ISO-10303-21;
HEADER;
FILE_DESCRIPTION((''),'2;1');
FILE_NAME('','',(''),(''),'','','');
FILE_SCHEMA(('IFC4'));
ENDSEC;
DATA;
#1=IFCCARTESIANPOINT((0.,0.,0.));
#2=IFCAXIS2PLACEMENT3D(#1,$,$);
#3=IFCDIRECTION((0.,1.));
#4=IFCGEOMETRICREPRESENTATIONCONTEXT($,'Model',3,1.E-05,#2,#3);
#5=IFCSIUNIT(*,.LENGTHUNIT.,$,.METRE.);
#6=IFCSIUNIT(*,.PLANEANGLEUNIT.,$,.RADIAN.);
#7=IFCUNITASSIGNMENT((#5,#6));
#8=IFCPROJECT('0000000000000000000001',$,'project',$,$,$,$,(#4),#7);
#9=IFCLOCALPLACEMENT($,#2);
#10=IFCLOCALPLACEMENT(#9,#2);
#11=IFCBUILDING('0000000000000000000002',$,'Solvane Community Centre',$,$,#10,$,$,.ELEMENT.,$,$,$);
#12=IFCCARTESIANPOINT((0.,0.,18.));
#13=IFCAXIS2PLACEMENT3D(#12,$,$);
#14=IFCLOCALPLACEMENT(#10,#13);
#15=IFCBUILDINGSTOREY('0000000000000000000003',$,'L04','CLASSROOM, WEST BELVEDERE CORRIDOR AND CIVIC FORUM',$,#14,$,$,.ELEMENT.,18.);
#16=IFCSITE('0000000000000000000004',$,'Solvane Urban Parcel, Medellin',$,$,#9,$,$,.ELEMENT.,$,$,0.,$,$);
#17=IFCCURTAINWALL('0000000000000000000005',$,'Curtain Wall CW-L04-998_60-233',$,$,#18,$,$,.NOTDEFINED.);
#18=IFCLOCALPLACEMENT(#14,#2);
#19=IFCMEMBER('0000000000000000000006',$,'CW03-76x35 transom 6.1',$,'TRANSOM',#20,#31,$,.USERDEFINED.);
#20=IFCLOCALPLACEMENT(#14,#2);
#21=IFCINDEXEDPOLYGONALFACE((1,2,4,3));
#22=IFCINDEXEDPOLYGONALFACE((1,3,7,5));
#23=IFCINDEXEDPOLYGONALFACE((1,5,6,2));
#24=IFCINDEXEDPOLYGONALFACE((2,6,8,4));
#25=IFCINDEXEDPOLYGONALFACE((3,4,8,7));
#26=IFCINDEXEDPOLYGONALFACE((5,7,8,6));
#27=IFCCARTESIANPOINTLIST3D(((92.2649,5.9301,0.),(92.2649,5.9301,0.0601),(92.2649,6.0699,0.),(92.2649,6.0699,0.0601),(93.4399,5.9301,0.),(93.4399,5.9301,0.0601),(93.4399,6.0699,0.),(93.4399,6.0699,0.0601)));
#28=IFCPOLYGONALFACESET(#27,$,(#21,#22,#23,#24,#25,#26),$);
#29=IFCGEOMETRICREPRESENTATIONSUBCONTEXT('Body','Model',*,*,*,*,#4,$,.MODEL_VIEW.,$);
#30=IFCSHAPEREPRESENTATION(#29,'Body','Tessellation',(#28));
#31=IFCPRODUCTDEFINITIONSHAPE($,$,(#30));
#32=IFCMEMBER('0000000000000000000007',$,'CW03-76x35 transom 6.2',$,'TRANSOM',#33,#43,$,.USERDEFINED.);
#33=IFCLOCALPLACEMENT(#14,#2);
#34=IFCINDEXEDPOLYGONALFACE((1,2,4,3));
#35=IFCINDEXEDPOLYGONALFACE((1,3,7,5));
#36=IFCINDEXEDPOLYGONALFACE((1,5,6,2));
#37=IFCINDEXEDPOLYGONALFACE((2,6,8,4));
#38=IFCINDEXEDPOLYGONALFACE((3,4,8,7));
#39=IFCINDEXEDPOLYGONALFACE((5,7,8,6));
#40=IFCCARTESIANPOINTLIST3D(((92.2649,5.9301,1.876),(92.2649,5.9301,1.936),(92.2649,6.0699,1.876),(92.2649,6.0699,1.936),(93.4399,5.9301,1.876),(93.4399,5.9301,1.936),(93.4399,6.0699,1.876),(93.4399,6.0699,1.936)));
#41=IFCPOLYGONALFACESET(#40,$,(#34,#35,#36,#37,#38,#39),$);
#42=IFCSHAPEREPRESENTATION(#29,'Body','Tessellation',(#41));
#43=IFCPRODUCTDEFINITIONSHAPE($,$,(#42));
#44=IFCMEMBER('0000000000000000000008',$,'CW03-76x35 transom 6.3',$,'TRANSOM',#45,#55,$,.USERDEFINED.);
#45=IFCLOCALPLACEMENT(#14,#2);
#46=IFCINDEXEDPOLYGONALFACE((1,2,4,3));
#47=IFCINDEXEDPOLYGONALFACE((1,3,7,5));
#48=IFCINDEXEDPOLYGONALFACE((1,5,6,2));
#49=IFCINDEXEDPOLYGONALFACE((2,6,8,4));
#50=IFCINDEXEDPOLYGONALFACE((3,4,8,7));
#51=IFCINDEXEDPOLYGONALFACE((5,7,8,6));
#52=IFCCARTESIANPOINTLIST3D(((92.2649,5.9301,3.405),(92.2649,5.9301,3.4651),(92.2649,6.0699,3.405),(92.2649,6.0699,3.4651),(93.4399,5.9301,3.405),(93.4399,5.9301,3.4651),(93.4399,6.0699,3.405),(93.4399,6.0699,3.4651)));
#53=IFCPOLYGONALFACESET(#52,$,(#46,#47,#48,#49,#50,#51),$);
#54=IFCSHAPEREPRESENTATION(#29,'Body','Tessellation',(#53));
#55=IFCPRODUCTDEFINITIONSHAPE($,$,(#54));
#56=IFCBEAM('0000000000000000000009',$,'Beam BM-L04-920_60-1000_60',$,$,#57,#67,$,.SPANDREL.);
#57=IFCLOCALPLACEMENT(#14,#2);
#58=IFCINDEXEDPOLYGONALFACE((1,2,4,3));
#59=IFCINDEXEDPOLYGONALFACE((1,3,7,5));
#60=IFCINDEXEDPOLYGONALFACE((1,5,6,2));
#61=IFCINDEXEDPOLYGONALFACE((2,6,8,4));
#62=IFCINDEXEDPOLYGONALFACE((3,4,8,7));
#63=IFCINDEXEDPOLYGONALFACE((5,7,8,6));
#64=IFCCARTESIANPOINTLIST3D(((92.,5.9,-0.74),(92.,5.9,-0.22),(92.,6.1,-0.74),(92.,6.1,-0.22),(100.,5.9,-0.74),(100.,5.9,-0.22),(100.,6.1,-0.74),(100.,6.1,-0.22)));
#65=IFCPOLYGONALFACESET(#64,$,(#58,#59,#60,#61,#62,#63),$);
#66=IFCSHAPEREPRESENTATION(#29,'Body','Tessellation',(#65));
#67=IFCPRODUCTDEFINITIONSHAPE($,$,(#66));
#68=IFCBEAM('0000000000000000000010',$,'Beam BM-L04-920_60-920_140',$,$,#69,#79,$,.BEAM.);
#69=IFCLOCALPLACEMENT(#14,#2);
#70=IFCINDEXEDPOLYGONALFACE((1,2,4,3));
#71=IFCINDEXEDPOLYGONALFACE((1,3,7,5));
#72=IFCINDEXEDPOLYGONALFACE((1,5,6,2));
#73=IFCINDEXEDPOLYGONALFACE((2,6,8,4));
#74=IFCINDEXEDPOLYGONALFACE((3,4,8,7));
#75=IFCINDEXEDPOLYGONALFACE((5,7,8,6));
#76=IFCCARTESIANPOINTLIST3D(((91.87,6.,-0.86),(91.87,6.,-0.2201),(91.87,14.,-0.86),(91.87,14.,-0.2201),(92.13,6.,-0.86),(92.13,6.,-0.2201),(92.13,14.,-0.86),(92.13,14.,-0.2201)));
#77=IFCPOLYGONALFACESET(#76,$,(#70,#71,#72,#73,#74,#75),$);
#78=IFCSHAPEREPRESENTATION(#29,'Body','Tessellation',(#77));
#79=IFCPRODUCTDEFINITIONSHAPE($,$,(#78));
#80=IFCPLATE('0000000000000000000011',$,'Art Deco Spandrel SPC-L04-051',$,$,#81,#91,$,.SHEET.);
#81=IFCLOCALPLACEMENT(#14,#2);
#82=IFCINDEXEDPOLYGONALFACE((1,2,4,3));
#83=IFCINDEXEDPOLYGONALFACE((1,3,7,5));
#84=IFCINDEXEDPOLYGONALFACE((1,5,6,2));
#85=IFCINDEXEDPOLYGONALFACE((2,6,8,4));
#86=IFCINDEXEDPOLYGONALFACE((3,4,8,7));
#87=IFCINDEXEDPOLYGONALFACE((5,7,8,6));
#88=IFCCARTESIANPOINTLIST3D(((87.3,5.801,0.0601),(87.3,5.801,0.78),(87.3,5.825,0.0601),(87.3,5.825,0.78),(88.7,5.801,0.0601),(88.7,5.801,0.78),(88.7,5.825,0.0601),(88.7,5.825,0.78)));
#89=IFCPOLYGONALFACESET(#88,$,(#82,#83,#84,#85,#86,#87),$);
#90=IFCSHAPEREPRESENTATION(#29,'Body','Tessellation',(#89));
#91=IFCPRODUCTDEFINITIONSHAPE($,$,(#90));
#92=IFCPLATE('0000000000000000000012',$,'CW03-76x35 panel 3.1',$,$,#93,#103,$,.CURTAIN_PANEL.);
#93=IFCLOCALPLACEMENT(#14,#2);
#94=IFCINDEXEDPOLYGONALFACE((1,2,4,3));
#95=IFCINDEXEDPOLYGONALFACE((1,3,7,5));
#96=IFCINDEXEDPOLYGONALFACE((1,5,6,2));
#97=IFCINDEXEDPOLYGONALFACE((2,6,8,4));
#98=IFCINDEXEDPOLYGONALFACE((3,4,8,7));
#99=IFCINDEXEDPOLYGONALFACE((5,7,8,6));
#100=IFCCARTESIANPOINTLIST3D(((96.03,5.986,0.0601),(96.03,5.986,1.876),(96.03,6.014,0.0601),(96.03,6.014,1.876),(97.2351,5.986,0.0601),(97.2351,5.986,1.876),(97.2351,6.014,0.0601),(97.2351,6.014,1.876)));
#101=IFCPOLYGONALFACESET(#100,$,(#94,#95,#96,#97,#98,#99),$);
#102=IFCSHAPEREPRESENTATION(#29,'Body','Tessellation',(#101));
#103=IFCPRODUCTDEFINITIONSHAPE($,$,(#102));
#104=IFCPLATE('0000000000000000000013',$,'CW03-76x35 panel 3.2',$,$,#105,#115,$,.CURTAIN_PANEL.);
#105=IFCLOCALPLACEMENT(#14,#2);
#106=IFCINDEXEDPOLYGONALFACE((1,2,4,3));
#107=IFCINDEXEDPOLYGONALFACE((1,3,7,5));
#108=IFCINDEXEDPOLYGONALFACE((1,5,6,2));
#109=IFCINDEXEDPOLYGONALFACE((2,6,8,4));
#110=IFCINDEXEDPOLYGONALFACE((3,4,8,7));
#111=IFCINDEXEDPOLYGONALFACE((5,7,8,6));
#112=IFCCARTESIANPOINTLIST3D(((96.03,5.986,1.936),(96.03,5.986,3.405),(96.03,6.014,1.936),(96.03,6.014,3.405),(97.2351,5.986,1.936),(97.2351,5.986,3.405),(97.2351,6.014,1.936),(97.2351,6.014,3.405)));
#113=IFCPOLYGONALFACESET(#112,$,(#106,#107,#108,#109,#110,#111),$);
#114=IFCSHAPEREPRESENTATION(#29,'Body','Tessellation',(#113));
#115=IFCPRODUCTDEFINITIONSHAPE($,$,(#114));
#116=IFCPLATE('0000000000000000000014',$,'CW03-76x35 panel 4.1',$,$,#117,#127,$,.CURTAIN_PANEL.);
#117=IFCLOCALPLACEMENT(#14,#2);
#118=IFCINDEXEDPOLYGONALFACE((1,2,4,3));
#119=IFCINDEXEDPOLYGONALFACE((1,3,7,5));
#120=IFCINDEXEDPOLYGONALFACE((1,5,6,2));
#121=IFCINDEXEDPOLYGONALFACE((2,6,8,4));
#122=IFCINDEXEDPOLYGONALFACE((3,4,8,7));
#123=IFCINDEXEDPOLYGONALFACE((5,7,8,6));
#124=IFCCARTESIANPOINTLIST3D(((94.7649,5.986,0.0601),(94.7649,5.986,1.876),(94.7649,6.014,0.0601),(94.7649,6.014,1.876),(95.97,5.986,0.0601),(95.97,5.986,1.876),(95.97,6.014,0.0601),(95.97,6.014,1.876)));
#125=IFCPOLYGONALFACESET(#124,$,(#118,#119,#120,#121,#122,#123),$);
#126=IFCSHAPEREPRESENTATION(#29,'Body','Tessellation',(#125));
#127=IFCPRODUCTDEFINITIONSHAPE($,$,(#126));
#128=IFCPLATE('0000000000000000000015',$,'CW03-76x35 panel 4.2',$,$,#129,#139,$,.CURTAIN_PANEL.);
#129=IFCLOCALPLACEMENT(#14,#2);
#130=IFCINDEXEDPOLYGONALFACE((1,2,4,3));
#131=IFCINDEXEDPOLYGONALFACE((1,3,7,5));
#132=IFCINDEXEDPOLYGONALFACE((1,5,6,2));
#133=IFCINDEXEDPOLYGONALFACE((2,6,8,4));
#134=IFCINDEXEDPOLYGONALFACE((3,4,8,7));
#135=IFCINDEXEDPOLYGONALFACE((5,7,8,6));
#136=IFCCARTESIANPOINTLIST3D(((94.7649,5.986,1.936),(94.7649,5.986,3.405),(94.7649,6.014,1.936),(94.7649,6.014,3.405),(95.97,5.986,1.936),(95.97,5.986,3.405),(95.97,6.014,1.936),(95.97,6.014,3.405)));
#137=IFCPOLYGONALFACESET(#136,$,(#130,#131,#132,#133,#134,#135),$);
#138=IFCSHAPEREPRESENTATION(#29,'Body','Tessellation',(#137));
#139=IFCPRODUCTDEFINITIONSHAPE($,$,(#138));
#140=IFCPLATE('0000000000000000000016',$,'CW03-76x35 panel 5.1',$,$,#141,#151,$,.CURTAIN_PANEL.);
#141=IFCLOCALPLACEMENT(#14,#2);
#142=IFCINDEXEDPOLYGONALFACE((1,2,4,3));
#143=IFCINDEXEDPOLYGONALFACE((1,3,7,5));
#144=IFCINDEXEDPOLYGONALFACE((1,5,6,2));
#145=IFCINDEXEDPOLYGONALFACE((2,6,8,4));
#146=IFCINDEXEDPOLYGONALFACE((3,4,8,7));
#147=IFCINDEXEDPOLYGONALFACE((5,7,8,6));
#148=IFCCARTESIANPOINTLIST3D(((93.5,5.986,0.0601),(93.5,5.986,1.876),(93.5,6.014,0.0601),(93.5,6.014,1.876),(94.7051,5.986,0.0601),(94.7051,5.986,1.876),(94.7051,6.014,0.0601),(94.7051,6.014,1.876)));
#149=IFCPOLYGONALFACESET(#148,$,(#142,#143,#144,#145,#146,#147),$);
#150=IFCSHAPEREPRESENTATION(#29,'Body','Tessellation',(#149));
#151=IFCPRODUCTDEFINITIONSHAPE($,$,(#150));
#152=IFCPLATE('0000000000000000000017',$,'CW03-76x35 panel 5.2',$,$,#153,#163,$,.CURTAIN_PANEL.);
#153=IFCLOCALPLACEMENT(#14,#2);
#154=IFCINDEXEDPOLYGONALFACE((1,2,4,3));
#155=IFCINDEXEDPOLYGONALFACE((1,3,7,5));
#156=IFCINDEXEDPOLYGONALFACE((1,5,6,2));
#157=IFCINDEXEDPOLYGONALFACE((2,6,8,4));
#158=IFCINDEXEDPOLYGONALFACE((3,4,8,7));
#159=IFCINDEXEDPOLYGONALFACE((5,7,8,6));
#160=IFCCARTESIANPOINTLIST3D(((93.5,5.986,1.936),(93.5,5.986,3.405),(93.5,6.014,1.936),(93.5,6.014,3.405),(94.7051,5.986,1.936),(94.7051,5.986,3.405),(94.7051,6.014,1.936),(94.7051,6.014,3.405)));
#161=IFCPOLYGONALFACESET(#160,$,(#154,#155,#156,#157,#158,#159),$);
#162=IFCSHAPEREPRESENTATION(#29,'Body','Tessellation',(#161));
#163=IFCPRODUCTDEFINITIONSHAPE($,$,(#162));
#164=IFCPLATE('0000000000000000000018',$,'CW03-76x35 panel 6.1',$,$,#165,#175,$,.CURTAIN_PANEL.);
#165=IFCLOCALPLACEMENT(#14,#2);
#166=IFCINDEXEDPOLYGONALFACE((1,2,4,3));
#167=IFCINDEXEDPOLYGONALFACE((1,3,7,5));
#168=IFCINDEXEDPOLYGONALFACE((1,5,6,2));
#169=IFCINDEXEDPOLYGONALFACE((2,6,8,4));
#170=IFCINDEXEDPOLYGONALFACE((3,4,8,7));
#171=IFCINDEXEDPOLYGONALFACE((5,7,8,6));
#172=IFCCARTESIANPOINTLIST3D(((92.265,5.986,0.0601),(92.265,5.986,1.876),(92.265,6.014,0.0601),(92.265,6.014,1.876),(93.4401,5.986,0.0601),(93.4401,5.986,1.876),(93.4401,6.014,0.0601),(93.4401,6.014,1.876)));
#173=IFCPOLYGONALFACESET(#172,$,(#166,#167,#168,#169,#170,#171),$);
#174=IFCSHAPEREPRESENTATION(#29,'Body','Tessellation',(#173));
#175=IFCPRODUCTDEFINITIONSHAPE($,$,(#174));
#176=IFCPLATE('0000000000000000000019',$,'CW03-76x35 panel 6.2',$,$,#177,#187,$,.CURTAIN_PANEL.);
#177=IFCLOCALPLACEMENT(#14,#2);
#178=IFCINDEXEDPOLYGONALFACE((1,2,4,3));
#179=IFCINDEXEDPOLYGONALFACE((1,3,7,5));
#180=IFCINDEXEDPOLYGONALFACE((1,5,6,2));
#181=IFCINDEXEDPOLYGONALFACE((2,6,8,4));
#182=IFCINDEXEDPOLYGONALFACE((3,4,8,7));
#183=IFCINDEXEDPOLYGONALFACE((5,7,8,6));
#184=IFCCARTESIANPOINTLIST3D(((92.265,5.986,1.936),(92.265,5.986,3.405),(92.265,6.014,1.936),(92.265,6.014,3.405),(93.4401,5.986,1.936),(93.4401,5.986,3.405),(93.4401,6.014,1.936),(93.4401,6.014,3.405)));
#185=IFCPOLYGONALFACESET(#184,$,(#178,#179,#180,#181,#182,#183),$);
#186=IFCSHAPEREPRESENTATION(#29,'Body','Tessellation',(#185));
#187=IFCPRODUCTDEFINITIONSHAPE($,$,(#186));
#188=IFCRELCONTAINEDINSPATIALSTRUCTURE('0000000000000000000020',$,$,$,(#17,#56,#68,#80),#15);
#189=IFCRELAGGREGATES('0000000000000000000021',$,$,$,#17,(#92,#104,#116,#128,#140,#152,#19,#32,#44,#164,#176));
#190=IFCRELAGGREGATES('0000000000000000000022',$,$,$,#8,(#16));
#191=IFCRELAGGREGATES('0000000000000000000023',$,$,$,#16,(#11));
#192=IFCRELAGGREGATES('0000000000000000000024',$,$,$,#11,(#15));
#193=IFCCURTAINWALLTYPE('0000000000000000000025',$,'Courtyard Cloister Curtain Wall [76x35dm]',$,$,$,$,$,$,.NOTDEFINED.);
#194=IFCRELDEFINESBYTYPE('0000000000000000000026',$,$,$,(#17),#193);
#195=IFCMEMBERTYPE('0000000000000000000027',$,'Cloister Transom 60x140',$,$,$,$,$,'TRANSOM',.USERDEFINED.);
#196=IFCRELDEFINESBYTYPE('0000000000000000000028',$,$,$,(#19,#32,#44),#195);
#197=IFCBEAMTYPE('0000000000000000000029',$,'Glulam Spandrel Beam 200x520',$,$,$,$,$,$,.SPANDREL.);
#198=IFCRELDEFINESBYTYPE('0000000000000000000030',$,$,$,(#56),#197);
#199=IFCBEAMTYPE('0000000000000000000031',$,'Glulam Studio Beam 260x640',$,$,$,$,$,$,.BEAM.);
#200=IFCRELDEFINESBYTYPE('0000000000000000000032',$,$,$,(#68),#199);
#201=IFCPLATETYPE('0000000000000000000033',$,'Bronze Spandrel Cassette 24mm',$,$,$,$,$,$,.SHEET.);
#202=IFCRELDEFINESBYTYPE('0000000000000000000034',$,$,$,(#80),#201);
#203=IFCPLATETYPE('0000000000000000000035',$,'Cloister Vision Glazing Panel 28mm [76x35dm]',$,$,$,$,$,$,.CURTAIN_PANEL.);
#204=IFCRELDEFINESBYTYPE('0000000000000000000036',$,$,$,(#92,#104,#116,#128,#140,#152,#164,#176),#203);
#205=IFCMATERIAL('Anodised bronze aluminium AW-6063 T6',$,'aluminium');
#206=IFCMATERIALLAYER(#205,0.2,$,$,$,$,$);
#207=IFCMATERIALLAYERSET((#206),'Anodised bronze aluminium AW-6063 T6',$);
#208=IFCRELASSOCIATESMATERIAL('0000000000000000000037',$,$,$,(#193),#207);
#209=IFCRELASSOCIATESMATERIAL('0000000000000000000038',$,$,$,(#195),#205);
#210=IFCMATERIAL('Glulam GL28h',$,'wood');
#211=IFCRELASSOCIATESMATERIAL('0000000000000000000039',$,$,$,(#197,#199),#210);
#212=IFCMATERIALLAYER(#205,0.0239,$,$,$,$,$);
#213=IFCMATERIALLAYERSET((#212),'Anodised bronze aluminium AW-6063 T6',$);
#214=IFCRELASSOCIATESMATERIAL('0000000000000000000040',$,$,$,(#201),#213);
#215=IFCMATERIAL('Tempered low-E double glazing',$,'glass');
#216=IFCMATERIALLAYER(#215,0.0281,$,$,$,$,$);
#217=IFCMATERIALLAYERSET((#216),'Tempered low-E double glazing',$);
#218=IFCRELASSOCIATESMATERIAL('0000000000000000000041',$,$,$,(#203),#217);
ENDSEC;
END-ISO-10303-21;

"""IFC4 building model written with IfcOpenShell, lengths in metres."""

from ifc_helpers import new_model, si_unit, direction, frame, origin, origin_2d, place, context, subcontext, project, spatial, rectangle, extrude, material, layer, layer_set, material_profile, profile_set, type_object, element, aggregate, save


model = new_model("IFC4")

# Units and contexts
model_context = context("Model", 3, precision=1e-05, world=origin(), true_north=direction((0.0, 1.0)))
body_context = subcontext(model_context, "Body", "Model", "MODEL_VIEW")
ifc_project = project(units=[si_unit("LENGTHUNIT", "METRE"), si_unit("PLANEANGLEUNIT", "RADIAN")], contexts=[model_context])

# Site, building, storey
site_placement = place(None, origin())
site = spatial("IfcSite", under=ifc_project, at=site_placement, Name="Solvane Urban Parcel, Medellin", CompositionType="ELEMENT", RefElevation=0.0)
building_placement = place(site_placement, origin())
building = spatial("IfcBuilding", under=site, at=building_placement, Name="Solvane Community Centre", CompositionType="ELEMENT")
storey_placement = place(building_placement, frame((0.0, 0.0, 18.0)))
storey = spatial("IfcBuildingStorey", under=building, at=storey_placement, Name="L04", Description="CLASSROOM, WEST BELVEDERE CORRIDOR AND CIVIC FORUM", CompositionType="ELEMENT", Elevation=18.0)

# Curtain wall, members
ifc_material_1 = material(Name="Anodised bronze aluminium AW-6063 T6", Category="aluminium")
ifc_layer_1 = layer(ifc_material_1, 0.2)
ifc_layer_set_1 = layer_set([ifc_layer_1], Name="Anodised bronze aluminium AW-6063 T6")
curtain_wall_type = type_object("IfcCurtainWallType", Name="Courtyard Cloister Curtain Wall [76x35dm]", PredefinedType="NOTDEFINED", material=ifc_layer_set_1)
curtain_wall_placement = place(storey_placement, origin())
curtain_wall = element("IfcCurtainWall", 1, at=curtain_wall_placement, inside=storey, type_object=curtain_wall_type, Name="Curtain Wall CW-L04-998_60-233", PredefinedType="NOTDEFINED")
ifc_material_profile_1 = material_profile(ifc_material_1, rectangle(XDim=0.1399, YDim=0.0601, at=origin_2d()), Name="CW-T 60x140")
ifc_profile_set_1 = profile_set([ifc_material_profile_1], Name="Anodised bronze aluminium AW-6063 T6")
member_type_1 = type_object("IfcMemberType", Name="Cloister Transom 60x140", ElementType="TRANSOM", PredefinedType="USERDEFINED", material=ifc_profile_set_1)
member_1_placement = place(storey_placement, frame((93.4399, 6.0, 0.03), z_axis=(-1.0, 0.0, 0.0), x_axis=(0.0, -1.0, 0.0)))
member_1 = element("IfcMember", 2, at=member_1_placement, type_object=member_type_1, Name="CW03-76x35 transom 6.1", ObjectType="TRANSOM", PredefinedType="USERDEFINED", context=body_context, shape_type="SweptSolid", body=[
    extrude(rectangle(XDim=0.1399, YDim=0.0601, at=origin_2d()), origin(), (0.0, 0.0, 1.0), 1.175),
])
member_2_placement = place(storey_placement, frame((93.4399, 6.0, 1.906), z_axis=(-1.0, 0.0, 0.0), x_axis=(0.0, -1.0, 0.0)))
member_2 = element("IfcMember", 3, at=member_2_placement, type_object=member_type_1, Name="CW03-76x35 transom 6.2", ObjectType="TRANSOM", PredefinedType="USERDEFINED", context=body_context, shape_type="SweptSolid", body=[
    extrude(rectangle(XDim=0.1399, YDim=0.0601, at=origin_2d()), origin(), (0.0, 0.0, 1.0), 1.175),
])
member_3_placement = place(storey_placement, frame((93.4399, 6.0, 3.4351), z_axis=(-1.0, 0.0, 0.0), x_axis=(0.0, -1.0, 0.0)))
member_3 = element("IfcMember", 4, at=member_3_placement, type_object=member_type_1, Name="CW03-76x35 transom 6.3", ObjectType="TRANSOM", PredefinedType="USERDEFINED", context=body_context, shape_type="SweptSolid", body=[
    extrude(rectangle(XDim=0.1399, YDim=0.0601, at=origin_2d()), origin(), (0.0, 0.0, 1.0), 1.175),
])

# Beams
ifc_material_2 = material(Name="Glulam GL28h", Category="wood")
ifc_material_profile_2 = material_profile(ifc_material_2, rectangle(XDim=0.2, YDim=0.52, at=origin_2d()), Name="GL28h 200x520")
ifc_profile_set_2 = profile_set([ifc_material_profile_2], Name="Glulam GL28h")
beam_type_1 = type_object("IfcBeamType", Name="Glulam Spandrel Beam 200x520", PredefinedType="SPANDREL", material=ifc_profile_set_2)
beam_1_placement = place(storey_placement, frame((92.0, 6.0, -0.48), z_axis=(1.0, 0.0, 0.0), x_axis=(0.0, 1.0, 0.0)))
element("IfcBeam", 5, at=beam_1_placement, inside=storey, type_object=beam_type_1, Name="Beam BM-L04-920_60-1000_60", PredefinedType="SPANDREL", context=body_context, shape_type="SweptSolid", body=[
    extrude(rectangle(XDim=0.2, YDim=0.52, at=origin_2d()), origin(), (0.0, 0.0, 1.0), 8.0),
])
ifc_material_profile_3 = material_profile(ifc_material_2, rectangle(XDim=0.26, YDim=0.6399, at=origin_2d()), Name="GL28h 260x640")
ifc_profile_set_3 = profile_set([ifc_material_profile_3], Name="Glulam GL28h")
beam_type_2 = type_object("IfcBeamType", Name="Glulam Studio Beam 260x640", PredefinedType="BEAM", material=ifc_profile_set_3)
beam_2_placement = place(storey_placement, frame((92.0, 6.0, -0.54), z_axis=(0.0, 1.0, 0.0), x_axis=(-1.0, 0.0, 0.0)))
element("IfcBeam", 6, at=beam_2_placement, inside=storey, type_object=beam_type_2, Name="Beam BM-L04-920_60-920_140", PredefinedType="BEAM", context=body_context, shape_type="SweptSolid", body=[
    extrude(rectangle(XDim=0.26, YDim=0.6399, at=origin_2d()), origin(), (0.0, 0.0, 1.0), 8.0),
])

# Plates
ifc_layer_2 = layer(ifc_material_1, 0.0239)
ifc_layer_set_2 = layer_set([ifc_layer_2], Name="Anodised bronze aluminium AW-6063 T6")
plate_type_1 = type_object("IfcPlateType", Name="Bronze Spandrel Cassette 24mm", PredefinedType="SHEET", material=ifc_layer_set_2)
plate_1_placement = place(storey_placement, frame((88.0, 5.813, 0.0601), z_axis=(0.0, 0.0, 1.0), x_axis=(-1.0, 0.0, 0.0)))
element("IfcPlate", 7, at=plate_1_placement, inside=storey, type_object=plate_type_1, Name="Art Deco Spandrel SPC-L04-051", PredefinedType="SHEET", context=body_context, shape_type="SweptSolid", body=[
    extrude(rectangle(XDim=1.3999, YDim=0.0239, at=origin_2d()), origin(), (0.0, 0.0, 1.0), 0.72),
])
ifc_material_3 = material(Name="Tempered low-E double glazing", Category="glass")
ifc_layer_3 = layer(ifc_material_3, 0.0281)
ifc_layer_set_3 = layer_set([ifc_layer_3], Name="Tempered low-E double glazing")
plate_type_2 = type_object("IfcPlateType", Name="Cloister Vision Glazing Panel 28mm [76x35dm]", PredefinedType="CURTAIN_PANEL", material=ifc_layer_set_3)
plate_2_placement = place(storey_placement, frame((96.6326, 6.0, 0.0601), z_axis=(0.0, 0.0, 1.0), x_axis=(-1.0, 0.0, 0.0)))
plate_2 = element("IfcPlate", 8, at=plate_2_placement, type_object=plate_type_2, Name="CW03-76x35 panel 3.1", PredefinedType="CURTAIN_PANEL", context=body_context, shape_type="SweptSolid", body=[
    extrude(rectangle(XDim=1.2051, YDim=0.0281, at=origin_2d()), origin(), (0.0, 0.0, 1.0), 1.8159),
])
plate_3_placement = place(storey_placement, frame((96.6326, 6.0, 1.936), z_axis=(0.0, 0.0, 1.0), x_axis=(-1.0, 0.0, 0.0)))
plate_3 = element("IfcPlate", 9, at=plate_3_placement, type_object=plate_type_2, Name="CW03-76x35 panel 3.2", PredefinedType="CURTAIN_PANEL", context=body_context, shape_type="SweptSolid", body=[
    extrude(rectangle(XDim=1.2051, YDim=0.0281, at=origin_2d()), origin(), (0.0, 0.0, 1.0), 1.469),
])
plate_4_placement = place(storey_placement, frame((95.3674, 6.0, 0.0601), z_axis=(0.0, 0.0, 1.0), x_axis=(-1.0, 0.0, 0.0)))
plate_4 = element("IfcPlate", 10, at=plate_4_placement, type_object=plate_type_2, Name="CW03-76x35 panel 4.1", PredefinedType="CURTAIN_PANEL", context=body_context, shape_type="SweptSolid", body=[
    extrude(rectangle(XDim=1.2051, YDim=0.0281, at=origin_2d()), origin(), (0.0, 0.0, 1.0), 1.8159),
])
plate_5_placement = place(storey_placement, frame((95.3674, 6.0, 1.936), z_axis=(0.0, 0.0, 1.0), x_axis=(-1.0, 0.0, 0.0)))
plate_5 = element("IfcPlate", 11, at=plate_5_placement, type_object=plate_type_2, Name="CW03-76x35 panel 4.2", PredefinedType="CURTAIN_PANEL", context=body_context, shape_type="SweptSolid", body=[
    extrude(rectangle(XDim=1.2051, YDim=0.0281, at=origin_2d()), origin(), (0.0, 0.0, 1.0), 1.469),
])
plate_6_placement = place(storey_placement, frame((94.1025, 6.0, 0.0601), z_axis=(0.0, 0.0, 1.0), x_axis=(-1.0, 0.0, 0.0)))
plate_6 = element("IfcPlate", 12, at=plate_6_placement, type_object=plate_type_2, Name="CW03-76x35 panel 5.1", PredefinedType="CURTAIN_PANEL", context=body_context, shape_type="SweptSolid", body=[
    extrude(rectangle(XDim=1.2051, YDim=0.0281, at=origin_2d()), origin(), (0.0, 0.0, 1.0), 1.8159),
])
plate_7_placement = place(storey_placement, frame((94.1025, 6.0, 1.936), z_axis=(0.0, 0.0, 1.0), x_axis=(-1.0, 0.0, 0.0)))
plate_7 = element("IfcPlate", 13, at=plate_7_placement, type_object=plate_type_2, Name="CW03-76x35 panel 5.2", PredefinedType="CURTAIN_PANEL", context=body_context, shape_type="SweptSolid", body=[
    extrude(rectangle(XDim=1.2051, YDim=0.0281, at=origin_2d()), origin(), (0.0, 0.0, 1.0), 1.469),
])
plate_8_placement = place(storey_placement, frame((92.8525, 6.0, 0.0601), z_axis=(0.0, 0.0, 1.0), x_axis=(-1.0, 0.0, 0.0)))
plate_8 = element("IfcPlate", 14, at=plate_8_placement, type_object=plate_type_2, Name="CW03-76x35 panel 6.1", PredefinedType="CURTAIN_PANEL", context=body_context, shape_type="SweptSolid", body=[
    extrude(rectangle(XDim=1.175, YDim=0.0281, at=origin_2d()), origin(), (0.0, 0.0, 1.0), 1.8159),
])
plate_9_placement = place(storey_placement, frame((92.8525, 6.0, 1.936), z_axis=(0.0, 0.0, 1.0), x_axis=(-1.0, 0.0, 0.0)))
plate_9 = element("IfcPlate", 15, at=plate_9_placement, type_object=plate_type_2, Name="CW03-76x35 panel 6.2", PredefinedType="CURTAIN_PANEL", context=body_context, shape_type="SweptSolid", body=[
    extrude(rectangle(XDim=1.175, YDim=0.0281, at=origin_2d()), origin(), (0.0, 0.0, 1.0), 1.469),
])
aggregate(curtain_wall, [plate_2, plate_3, plate_4, plate_5, plate_6, plate_7, member_1, member_2, member_3, plate_8, plate_9])

save(model, "model.ifc")
